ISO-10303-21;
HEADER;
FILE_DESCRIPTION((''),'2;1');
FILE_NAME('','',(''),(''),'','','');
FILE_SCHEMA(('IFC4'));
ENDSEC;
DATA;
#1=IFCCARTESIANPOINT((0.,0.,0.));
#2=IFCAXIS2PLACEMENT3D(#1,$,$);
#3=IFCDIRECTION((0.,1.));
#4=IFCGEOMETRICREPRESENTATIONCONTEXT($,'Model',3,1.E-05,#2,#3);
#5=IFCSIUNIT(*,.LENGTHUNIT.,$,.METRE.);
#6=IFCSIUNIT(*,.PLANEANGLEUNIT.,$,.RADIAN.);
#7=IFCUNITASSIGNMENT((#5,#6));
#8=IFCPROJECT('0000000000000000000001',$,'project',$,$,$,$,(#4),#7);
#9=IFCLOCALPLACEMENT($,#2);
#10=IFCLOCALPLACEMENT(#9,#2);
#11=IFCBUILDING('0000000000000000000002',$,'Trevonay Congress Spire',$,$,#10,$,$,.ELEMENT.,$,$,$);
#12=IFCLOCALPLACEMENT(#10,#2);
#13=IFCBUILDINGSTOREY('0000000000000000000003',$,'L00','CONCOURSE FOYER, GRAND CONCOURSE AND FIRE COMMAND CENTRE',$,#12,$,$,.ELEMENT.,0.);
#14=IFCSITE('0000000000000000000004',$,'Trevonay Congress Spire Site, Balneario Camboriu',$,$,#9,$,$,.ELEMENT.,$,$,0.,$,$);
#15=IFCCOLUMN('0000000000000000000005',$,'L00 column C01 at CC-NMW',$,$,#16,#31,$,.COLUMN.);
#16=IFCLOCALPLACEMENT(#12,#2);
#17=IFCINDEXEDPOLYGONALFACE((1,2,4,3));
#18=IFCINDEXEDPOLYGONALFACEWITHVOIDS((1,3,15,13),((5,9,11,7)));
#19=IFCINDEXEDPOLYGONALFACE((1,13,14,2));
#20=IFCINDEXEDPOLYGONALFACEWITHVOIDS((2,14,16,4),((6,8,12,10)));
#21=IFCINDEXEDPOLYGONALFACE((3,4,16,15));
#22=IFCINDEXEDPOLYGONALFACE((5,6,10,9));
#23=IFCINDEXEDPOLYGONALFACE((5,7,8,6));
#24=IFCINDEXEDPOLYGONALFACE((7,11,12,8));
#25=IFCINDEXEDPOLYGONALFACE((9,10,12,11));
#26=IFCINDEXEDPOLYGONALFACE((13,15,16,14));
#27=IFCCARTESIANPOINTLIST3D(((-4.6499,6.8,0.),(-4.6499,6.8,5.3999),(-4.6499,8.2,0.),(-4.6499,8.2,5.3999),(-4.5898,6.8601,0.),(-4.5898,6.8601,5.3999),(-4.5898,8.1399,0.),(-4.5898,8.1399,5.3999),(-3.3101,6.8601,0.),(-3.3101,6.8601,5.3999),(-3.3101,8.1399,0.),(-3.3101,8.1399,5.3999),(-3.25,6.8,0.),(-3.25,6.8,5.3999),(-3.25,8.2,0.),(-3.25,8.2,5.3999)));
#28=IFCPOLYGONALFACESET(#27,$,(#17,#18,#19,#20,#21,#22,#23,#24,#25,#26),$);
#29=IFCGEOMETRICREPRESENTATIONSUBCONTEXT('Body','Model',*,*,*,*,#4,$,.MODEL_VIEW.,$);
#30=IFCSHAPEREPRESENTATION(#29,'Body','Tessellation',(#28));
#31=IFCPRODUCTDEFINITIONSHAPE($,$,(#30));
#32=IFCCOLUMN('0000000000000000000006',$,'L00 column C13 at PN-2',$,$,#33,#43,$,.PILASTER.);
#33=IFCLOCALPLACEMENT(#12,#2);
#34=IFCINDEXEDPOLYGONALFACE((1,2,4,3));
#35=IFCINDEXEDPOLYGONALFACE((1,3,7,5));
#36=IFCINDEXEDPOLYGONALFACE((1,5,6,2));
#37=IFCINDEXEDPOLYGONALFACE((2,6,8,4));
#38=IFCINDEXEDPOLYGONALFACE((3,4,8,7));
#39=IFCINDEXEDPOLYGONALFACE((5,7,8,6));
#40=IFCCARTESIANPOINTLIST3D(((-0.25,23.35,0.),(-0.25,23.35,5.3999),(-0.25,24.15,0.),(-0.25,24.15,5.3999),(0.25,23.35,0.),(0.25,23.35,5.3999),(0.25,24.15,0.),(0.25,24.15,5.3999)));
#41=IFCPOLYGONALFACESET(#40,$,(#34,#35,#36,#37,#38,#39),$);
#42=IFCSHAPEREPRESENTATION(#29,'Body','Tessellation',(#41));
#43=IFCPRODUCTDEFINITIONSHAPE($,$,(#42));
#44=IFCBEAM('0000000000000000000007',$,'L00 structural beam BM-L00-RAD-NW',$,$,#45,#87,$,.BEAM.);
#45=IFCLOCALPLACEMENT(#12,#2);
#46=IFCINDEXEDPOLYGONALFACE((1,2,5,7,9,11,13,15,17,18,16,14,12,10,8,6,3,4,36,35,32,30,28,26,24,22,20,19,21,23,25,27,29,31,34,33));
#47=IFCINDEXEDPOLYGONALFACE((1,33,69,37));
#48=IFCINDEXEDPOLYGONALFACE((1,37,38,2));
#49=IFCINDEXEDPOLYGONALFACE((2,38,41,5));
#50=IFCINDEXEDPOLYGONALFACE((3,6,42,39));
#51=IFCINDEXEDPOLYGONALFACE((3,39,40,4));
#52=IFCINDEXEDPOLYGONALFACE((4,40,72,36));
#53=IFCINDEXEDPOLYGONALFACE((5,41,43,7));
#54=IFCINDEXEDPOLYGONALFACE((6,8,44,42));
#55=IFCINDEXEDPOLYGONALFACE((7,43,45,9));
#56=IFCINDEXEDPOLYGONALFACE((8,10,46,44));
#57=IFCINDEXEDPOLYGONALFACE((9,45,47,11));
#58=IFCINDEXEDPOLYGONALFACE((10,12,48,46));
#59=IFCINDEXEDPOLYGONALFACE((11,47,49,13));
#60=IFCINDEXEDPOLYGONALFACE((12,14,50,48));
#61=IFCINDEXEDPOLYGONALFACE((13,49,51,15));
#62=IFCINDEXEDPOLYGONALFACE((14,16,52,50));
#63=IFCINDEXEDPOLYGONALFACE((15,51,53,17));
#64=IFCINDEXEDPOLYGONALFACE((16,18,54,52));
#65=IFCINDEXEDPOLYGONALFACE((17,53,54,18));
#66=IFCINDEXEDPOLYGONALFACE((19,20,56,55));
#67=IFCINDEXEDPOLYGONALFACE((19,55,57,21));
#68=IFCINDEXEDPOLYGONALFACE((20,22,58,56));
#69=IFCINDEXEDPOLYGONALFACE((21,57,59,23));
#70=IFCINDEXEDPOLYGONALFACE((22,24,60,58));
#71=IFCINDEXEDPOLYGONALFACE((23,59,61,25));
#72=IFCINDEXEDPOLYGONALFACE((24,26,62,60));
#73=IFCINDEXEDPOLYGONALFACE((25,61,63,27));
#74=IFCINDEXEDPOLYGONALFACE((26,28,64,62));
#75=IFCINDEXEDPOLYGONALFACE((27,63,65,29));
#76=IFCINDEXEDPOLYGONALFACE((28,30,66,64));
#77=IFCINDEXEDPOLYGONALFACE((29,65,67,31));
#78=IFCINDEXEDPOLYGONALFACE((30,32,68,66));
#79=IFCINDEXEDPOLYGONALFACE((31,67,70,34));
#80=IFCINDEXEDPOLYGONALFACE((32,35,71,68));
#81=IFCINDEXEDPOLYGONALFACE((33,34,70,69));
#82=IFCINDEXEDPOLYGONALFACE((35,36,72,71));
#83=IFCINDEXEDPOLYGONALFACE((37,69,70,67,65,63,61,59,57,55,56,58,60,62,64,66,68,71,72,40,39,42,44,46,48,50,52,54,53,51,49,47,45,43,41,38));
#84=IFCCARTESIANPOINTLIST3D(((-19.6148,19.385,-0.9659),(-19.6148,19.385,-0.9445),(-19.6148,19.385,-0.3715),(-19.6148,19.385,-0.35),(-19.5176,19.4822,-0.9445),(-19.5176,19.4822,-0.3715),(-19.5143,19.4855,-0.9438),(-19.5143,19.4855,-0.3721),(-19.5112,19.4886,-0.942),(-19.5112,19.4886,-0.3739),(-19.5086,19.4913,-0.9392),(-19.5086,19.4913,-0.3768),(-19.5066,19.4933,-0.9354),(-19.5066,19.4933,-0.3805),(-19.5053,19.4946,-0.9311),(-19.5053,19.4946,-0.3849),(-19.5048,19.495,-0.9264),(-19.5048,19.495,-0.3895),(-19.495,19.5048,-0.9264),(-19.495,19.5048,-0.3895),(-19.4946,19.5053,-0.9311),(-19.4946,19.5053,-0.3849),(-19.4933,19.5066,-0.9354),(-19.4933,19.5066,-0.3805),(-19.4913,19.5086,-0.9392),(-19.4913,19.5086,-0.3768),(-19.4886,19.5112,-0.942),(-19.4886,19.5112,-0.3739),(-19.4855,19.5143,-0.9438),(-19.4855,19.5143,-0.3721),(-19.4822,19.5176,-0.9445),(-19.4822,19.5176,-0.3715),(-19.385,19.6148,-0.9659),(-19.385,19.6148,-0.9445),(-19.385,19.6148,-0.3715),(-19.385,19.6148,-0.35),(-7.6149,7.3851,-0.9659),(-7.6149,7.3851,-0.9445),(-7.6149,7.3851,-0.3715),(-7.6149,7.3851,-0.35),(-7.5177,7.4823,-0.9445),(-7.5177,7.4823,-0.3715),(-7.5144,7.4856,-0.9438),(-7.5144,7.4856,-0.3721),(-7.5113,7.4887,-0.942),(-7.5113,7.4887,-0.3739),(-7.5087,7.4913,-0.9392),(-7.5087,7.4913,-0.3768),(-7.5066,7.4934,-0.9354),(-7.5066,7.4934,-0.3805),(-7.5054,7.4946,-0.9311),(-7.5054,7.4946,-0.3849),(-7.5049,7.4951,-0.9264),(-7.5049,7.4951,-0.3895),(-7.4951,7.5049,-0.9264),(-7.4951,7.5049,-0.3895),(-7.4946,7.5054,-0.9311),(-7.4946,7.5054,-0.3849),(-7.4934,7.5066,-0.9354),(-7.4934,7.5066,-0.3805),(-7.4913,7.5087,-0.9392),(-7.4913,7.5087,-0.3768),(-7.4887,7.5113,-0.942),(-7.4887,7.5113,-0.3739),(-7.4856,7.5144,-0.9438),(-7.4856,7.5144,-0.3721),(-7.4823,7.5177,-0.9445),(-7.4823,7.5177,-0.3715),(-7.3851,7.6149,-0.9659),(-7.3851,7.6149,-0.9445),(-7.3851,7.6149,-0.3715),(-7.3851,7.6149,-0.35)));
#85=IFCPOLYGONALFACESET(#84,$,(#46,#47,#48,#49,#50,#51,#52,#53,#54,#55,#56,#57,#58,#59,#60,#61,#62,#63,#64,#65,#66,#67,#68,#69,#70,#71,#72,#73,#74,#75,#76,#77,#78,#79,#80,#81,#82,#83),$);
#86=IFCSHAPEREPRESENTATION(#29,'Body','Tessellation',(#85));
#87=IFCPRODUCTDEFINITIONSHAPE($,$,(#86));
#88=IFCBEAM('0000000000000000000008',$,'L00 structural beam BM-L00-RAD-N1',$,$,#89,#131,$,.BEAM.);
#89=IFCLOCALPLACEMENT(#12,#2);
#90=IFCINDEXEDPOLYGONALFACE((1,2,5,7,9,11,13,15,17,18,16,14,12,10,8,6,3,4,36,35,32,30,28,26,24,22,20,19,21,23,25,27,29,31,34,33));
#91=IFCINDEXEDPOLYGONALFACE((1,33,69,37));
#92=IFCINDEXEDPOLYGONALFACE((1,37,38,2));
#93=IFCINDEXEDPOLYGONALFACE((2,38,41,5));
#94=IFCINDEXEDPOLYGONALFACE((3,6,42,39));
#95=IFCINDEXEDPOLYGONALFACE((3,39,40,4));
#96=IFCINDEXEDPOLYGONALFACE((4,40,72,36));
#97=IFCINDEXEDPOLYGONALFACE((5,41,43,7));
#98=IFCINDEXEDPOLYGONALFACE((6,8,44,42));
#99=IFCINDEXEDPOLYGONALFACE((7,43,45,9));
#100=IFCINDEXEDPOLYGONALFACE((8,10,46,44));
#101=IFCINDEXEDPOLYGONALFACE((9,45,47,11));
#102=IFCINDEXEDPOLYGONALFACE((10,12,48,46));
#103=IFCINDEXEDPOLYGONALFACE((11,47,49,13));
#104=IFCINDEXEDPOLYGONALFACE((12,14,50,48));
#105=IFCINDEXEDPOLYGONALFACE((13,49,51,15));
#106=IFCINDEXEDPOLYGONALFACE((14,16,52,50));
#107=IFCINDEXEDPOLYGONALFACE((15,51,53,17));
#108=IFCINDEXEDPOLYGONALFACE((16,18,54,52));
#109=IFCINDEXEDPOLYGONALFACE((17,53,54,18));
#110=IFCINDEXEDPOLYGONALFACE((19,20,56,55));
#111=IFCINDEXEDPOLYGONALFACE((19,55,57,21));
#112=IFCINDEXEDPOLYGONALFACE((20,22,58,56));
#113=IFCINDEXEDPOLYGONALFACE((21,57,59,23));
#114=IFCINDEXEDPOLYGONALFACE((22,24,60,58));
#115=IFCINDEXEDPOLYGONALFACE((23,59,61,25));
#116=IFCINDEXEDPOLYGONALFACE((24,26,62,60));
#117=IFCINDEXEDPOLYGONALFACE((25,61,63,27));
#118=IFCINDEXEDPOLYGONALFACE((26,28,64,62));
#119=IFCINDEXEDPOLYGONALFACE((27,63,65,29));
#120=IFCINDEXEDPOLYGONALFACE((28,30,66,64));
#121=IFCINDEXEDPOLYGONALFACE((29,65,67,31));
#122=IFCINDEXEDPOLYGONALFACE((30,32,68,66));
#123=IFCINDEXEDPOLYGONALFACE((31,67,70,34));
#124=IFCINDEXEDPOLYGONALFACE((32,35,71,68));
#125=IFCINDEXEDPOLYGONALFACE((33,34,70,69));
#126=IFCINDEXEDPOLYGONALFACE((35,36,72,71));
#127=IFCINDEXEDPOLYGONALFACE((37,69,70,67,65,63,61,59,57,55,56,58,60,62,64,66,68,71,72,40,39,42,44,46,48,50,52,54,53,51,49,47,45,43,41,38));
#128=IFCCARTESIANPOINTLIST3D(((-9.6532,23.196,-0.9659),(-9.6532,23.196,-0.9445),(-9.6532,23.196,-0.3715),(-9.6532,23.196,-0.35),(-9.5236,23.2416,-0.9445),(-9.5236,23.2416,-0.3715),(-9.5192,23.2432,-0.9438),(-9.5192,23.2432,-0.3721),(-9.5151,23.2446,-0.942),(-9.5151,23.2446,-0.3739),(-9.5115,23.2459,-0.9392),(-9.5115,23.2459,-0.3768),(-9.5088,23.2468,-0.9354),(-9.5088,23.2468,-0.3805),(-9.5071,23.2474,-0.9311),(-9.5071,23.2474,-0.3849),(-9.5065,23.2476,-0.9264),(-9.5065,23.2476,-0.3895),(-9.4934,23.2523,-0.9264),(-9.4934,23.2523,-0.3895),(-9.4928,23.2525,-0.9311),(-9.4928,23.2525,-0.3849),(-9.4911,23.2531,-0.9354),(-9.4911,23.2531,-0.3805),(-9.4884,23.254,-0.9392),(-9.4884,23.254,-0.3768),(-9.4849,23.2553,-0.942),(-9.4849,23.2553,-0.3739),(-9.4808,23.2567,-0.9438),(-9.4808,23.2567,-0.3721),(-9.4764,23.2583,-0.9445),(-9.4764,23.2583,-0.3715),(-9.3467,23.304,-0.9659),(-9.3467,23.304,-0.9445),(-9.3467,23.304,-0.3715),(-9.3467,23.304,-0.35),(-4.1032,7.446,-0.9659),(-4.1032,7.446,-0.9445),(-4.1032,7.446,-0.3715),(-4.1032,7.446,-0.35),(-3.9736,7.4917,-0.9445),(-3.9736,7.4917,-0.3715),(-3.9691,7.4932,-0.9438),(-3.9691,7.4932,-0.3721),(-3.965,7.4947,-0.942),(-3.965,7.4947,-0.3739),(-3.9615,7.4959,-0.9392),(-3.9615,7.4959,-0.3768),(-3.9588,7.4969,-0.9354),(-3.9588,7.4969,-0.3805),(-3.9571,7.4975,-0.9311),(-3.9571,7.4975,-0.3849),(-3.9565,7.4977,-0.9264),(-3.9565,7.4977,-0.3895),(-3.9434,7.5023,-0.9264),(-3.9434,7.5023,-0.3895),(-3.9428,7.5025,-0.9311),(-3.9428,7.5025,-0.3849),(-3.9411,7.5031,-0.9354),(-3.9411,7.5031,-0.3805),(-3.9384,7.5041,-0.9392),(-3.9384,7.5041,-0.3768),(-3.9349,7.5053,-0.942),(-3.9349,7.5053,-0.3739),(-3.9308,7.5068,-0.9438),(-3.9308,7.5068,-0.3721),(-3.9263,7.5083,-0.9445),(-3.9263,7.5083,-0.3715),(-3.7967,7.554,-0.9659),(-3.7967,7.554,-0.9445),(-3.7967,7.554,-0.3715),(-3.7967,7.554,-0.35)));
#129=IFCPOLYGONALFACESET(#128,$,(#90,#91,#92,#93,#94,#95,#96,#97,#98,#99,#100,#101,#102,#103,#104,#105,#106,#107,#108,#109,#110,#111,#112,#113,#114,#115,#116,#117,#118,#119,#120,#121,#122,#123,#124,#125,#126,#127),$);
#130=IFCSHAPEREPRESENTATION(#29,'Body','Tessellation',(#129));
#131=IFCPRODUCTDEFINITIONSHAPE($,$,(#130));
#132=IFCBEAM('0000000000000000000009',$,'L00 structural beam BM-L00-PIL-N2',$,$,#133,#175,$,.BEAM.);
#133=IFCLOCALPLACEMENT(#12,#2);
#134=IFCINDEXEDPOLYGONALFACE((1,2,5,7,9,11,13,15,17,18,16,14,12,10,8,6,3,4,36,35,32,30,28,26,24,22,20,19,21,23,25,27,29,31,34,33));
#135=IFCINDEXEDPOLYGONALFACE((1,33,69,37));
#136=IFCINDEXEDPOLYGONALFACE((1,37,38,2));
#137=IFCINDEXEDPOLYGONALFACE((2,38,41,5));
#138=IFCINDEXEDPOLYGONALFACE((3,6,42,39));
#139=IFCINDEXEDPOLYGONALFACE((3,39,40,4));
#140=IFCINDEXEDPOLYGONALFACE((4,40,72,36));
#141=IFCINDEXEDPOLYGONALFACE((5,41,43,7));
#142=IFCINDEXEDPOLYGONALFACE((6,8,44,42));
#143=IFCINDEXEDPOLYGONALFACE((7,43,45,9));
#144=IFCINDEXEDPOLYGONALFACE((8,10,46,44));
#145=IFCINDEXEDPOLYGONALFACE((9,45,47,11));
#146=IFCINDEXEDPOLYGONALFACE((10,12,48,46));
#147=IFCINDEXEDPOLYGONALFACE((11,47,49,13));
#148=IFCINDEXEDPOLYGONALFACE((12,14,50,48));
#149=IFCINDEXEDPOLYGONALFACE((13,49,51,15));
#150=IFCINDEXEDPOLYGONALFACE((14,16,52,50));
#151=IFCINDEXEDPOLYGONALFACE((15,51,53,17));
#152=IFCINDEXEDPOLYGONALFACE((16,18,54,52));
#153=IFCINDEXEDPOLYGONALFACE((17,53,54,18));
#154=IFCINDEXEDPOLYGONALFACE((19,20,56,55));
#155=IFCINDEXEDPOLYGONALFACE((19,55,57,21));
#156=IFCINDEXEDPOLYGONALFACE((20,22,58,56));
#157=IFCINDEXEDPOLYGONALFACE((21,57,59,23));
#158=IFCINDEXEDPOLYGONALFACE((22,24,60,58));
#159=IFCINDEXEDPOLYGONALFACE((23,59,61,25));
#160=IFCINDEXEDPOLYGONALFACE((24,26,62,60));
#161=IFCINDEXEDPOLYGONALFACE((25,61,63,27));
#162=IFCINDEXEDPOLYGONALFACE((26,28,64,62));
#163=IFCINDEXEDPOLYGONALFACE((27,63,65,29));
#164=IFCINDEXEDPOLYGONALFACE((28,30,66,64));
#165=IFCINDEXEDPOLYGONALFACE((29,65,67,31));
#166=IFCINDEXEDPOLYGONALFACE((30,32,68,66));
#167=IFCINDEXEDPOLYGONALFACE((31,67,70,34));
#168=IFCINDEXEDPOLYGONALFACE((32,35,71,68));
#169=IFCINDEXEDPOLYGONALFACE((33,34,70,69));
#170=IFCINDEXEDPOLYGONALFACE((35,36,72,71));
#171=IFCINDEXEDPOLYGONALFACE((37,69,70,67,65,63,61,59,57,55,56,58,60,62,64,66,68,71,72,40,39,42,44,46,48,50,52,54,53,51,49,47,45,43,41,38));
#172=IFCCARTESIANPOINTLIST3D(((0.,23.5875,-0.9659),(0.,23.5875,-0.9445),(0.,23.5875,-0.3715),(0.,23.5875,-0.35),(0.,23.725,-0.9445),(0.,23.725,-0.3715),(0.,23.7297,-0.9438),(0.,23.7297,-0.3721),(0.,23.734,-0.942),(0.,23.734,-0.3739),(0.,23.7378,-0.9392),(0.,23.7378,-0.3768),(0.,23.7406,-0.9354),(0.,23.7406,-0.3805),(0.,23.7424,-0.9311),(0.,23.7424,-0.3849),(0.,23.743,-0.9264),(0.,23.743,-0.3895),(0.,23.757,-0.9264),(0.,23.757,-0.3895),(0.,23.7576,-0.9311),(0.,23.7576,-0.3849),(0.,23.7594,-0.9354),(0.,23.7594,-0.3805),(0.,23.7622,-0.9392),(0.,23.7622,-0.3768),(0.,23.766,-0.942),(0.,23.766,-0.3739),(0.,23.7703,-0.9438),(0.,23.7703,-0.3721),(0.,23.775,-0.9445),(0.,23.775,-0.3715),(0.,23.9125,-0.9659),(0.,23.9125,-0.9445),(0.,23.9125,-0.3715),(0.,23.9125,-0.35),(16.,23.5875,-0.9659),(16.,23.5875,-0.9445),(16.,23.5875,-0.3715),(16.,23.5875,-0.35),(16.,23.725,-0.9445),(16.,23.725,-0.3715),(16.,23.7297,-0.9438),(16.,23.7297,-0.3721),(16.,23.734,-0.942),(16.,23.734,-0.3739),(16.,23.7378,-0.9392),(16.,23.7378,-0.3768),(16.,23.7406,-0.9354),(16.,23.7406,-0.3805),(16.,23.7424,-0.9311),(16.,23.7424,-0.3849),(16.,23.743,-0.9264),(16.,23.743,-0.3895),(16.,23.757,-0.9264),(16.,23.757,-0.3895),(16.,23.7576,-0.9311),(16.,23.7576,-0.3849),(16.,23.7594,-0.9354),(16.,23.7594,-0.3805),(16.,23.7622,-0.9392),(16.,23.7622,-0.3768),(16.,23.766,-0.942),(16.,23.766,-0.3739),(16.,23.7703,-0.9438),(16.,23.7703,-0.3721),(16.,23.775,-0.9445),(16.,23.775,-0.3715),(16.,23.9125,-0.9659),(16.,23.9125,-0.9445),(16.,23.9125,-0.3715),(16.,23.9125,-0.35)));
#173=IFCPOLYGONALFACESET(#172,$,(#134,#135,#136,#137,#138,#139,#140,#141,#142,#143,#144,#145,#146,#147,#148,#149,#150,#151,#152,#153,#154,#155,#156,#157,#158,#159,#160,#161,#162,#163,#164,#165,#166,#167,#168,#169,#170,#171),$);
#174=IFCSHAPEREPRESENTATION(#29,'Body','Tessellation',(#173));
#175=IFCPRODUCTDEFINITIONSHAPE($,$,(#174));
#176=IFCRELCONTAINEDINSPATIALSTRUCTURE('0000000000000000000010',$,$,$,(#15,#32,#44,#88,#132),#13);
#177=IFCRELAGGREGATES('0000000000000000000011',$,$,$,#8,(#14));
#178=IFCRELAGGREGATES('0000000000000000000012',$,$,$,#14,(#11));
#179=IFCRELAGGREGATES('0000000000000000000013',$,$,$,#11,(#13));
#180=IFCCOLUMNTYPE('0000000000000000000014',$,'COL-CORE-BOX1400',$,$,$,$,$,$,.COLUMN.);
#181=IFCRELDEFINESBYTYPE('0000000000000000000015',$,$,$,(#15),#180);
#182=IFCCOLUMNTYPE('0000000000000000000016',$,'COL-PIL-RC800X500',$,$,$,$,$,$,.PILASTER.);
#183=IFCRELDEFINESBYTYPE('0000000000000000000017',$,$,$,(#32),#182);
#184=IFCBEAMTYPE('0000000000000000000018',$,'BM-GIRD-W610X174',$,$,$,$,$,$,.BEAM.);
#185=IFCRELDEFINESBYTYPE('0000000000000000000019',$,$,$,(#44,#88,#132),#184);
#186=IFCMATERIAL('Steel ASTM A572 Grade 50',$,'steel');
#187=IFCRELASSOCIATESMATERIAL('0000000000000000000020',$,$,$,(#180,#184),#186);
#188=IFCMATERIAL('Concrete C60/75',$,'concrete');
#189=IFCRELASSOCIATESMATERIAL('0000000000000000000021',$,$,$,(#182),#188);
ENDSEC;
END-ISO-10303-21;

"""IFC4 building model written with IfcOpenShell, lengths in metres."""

from ifc_helpers import new_model, si_unit, direction, frame, origin, origin_2d, place, context, subcontext, project, spatial, rectangle, hollow_rectangle, i_section, extrude, material, material_profile, profile_set, type_object, element, save


model = new_model("IFC4")

# Units and contexts
model_context = context("Model", 3, precision=1e-05, world=origin(), true_north=direction((0.0, 1.0)))
body_context = subcontext(model_context, "Body", "Model", "MODEL_VIEW")
ifc_project = project(units=[si_unit("LENGTHUNIT", "METRE"), si_unit("PLANEANGLEUNIT", "RADIAN")], contexts=[model_context])

# Site, building, storey
site_placement = place(None, origin())
site = spatial("IfcSite", under=ifc_project, at=site_placement, Name="Trevonay Congress Spire Site, Balneario Camboriu", CompositionType="ELEMENT", RefElevation=0.0)
building_placement = place(site_placement, origin())
building = spatial("IfcBuilding", under=site, at=building_placement, Name="Trevonay Congress Spire", CompositionType="ELEMENT")
storey_placement = place(building_placement, origin())
storey = spatial("IfcBuildingStorey", under=building, at=storey_placement, Name="L00", Description="CONCOURSE FOYER, GRAND CONCOURSE AND FIRE COMMAND CENTRE", CompositionType="ELEMENT", Elevation=0.0)

# Columns
ifc_material_1 = material(Name="Steel ASTM A572 Grade 50", Category="steel")
ifc_material_profile_1 = material_profile(ifc_material_1, hollow_rectangle(XDim=1.3999, YDim=1.3999, WallThickness=0.0601, at=origin_2d()), Name="BOX 1400x1400x60")
ifc_profile_set_1 = profile_set([ifc_material_profile_1], Name="Steel ASTM A572 Grade 50")
column_type_1 = type_object("IfcColumnType", Name="COL-CORE-BOX1400", PredefinedType="COLUMN", material=ifc_profile_set_1)
column_1_placement = place(storey_placement, frame((-3.95, 7.5, 0.0), z_axis=(0.0, 0.0, 1.0), x_axis=(1.0, 0.0, 0.0)))
element("IfcColumn", 1, at=column_1_placement, inside=storey, type_object=column_type_1, Name="L00 column C01 at CC-NMW", PredefinedType="COLUMN", context=body_context, shape_type="SweptSolid", body=[
    extrude(hollow_rectangle(XDim=1.3999, YDim=1.3999, WallThickness=0.0601, at=origin_2d()), origin(), (0.0, 0.0, 1.0), 5.3999),
])
ifc_material_2 = material(Name="Concrete C60/75", Category="concrete")
ifc_material_profile_2 = material_profile(ifc_material_2, rectangle(XDim=0.5, YDim=0.8, at=origin_2d()), Name="RC 800x500")
ifc_profile_set_2 = profile_set([ifc_material_profile_2], Name="Concrete C60/75")
column_type_2 = type_object("IfcColumnType", Name="COL-PIL-RC800X500", PredefinedType="PILASTER", material=ifc_profile_set_2)
column_2_placement = place(storey_placement, frame((0.0, 23.75, 0.0), z_axis=(0.0, 0.0, 1.0), x_axis=(1.0, 0.0, 0.0)))
element("IfcColumn", 2, at=column_2_placement, inside=storey, type_object=column_type_2, Name="L00 column C13 at PN-2", PredefinedType="PILASTER", context=body_context, shape_type="SweptSolid", body=[
    extrude(rectangle(XDim=0.5, YDim=0.8, at=origin_2d()), origin(), (0.0, 0.0, 1.0), 5.3999),
])

# Beams
ifc_material_profile_3 = material_profile(ifc_material_1, i_section(OverallWidth=0.325, OverallDepth=0.616, WebThickness=0.0139, FlangeThickness=0.0215, FilletRadius=0.0181, at=origin_2d()), Name="W610x174")
ifc_profile_set_3 = profile_set([ifc_material_profile_3], Name="Steel ASTM A572 Grade 50")
beam_type_1 = type_object("IfcBeamType", Name="BM-GIRD-W610X174", PredefinedType="BEAM", material=ifc_profile_set_3)
beam_1_placement = place(storey_placement, frame((-7.5, 7.5, -0.658), z_axis=(-0.707107, 0.707107, 0.0), x_axis=(-0.707107, -0.707107, 0.0)))
element("IfcBeam", 3, at=beam_1_placement, inside=storey, type_object=beam_type_1, Name="L00 structural beam BM-L00-RAD-NW", PredefinedType="BEAM", context=body_context, shape_type="SweptSolid", body=[
    extrude(i_section(OverallWidth=0.325, OverallDepth=0.616, WebThickness=0.0139, FlangeThickness=0.0215, FilletRadius=0.0181, at=origin_2d()), origin(), (0.0, 0.0, 1.0), 16.9705),
])
beam_2_placement = place(storey_placement, frame((-3.95, 7.5, -0.658), z_axis=(-0.332353, 0.943155, 0.0), x_axis=(-0.943155, -0.332353, 0.0)))
element("IfcBeam", 4, at=beam_2_placement, inside=storey, type_object=beam_type_1, Name="L00 structural beam BM-L00-RAD-N1", PredefinedType="BEAM", context=body_context, shape_type="SweptSolid", body=[
    extrude(i_section(OverallWidth=0.325, OverallDepth=0.616, WebThickness=0.0139, FlangeThickness=0.0215, FilletRadius=0.0181, at=origin_2d()), origin(), (0.0, 0.0, 1.0), 16.6992),
])
beam_3_placement = place(storey_placement, frame((0.0, 23.75, -0.658), z_axis=(1.0, 0.0, 0.0), x_axis=(0.0, 1.0, 0.0)))
element("IfcBeam", 5, at=beam_3_placement, inside=storey, type_object=beam_type_1, Name="L00 structural beam BM-L00-PIL-N2", PredefinedType="BEAM", context=body_context, shape_type="SweptSolid", body=[
    extrude(i_section(OverallWidth=0.325, OverallDepth=0.616, WebThickness=0.0139, FlangeThickness=0.0215, FilletRadius=0.0181, at=origin_2d()), origin(), (0.0, 0.0, 1.0), 16.0),
])

save(model, "model.ifc")
